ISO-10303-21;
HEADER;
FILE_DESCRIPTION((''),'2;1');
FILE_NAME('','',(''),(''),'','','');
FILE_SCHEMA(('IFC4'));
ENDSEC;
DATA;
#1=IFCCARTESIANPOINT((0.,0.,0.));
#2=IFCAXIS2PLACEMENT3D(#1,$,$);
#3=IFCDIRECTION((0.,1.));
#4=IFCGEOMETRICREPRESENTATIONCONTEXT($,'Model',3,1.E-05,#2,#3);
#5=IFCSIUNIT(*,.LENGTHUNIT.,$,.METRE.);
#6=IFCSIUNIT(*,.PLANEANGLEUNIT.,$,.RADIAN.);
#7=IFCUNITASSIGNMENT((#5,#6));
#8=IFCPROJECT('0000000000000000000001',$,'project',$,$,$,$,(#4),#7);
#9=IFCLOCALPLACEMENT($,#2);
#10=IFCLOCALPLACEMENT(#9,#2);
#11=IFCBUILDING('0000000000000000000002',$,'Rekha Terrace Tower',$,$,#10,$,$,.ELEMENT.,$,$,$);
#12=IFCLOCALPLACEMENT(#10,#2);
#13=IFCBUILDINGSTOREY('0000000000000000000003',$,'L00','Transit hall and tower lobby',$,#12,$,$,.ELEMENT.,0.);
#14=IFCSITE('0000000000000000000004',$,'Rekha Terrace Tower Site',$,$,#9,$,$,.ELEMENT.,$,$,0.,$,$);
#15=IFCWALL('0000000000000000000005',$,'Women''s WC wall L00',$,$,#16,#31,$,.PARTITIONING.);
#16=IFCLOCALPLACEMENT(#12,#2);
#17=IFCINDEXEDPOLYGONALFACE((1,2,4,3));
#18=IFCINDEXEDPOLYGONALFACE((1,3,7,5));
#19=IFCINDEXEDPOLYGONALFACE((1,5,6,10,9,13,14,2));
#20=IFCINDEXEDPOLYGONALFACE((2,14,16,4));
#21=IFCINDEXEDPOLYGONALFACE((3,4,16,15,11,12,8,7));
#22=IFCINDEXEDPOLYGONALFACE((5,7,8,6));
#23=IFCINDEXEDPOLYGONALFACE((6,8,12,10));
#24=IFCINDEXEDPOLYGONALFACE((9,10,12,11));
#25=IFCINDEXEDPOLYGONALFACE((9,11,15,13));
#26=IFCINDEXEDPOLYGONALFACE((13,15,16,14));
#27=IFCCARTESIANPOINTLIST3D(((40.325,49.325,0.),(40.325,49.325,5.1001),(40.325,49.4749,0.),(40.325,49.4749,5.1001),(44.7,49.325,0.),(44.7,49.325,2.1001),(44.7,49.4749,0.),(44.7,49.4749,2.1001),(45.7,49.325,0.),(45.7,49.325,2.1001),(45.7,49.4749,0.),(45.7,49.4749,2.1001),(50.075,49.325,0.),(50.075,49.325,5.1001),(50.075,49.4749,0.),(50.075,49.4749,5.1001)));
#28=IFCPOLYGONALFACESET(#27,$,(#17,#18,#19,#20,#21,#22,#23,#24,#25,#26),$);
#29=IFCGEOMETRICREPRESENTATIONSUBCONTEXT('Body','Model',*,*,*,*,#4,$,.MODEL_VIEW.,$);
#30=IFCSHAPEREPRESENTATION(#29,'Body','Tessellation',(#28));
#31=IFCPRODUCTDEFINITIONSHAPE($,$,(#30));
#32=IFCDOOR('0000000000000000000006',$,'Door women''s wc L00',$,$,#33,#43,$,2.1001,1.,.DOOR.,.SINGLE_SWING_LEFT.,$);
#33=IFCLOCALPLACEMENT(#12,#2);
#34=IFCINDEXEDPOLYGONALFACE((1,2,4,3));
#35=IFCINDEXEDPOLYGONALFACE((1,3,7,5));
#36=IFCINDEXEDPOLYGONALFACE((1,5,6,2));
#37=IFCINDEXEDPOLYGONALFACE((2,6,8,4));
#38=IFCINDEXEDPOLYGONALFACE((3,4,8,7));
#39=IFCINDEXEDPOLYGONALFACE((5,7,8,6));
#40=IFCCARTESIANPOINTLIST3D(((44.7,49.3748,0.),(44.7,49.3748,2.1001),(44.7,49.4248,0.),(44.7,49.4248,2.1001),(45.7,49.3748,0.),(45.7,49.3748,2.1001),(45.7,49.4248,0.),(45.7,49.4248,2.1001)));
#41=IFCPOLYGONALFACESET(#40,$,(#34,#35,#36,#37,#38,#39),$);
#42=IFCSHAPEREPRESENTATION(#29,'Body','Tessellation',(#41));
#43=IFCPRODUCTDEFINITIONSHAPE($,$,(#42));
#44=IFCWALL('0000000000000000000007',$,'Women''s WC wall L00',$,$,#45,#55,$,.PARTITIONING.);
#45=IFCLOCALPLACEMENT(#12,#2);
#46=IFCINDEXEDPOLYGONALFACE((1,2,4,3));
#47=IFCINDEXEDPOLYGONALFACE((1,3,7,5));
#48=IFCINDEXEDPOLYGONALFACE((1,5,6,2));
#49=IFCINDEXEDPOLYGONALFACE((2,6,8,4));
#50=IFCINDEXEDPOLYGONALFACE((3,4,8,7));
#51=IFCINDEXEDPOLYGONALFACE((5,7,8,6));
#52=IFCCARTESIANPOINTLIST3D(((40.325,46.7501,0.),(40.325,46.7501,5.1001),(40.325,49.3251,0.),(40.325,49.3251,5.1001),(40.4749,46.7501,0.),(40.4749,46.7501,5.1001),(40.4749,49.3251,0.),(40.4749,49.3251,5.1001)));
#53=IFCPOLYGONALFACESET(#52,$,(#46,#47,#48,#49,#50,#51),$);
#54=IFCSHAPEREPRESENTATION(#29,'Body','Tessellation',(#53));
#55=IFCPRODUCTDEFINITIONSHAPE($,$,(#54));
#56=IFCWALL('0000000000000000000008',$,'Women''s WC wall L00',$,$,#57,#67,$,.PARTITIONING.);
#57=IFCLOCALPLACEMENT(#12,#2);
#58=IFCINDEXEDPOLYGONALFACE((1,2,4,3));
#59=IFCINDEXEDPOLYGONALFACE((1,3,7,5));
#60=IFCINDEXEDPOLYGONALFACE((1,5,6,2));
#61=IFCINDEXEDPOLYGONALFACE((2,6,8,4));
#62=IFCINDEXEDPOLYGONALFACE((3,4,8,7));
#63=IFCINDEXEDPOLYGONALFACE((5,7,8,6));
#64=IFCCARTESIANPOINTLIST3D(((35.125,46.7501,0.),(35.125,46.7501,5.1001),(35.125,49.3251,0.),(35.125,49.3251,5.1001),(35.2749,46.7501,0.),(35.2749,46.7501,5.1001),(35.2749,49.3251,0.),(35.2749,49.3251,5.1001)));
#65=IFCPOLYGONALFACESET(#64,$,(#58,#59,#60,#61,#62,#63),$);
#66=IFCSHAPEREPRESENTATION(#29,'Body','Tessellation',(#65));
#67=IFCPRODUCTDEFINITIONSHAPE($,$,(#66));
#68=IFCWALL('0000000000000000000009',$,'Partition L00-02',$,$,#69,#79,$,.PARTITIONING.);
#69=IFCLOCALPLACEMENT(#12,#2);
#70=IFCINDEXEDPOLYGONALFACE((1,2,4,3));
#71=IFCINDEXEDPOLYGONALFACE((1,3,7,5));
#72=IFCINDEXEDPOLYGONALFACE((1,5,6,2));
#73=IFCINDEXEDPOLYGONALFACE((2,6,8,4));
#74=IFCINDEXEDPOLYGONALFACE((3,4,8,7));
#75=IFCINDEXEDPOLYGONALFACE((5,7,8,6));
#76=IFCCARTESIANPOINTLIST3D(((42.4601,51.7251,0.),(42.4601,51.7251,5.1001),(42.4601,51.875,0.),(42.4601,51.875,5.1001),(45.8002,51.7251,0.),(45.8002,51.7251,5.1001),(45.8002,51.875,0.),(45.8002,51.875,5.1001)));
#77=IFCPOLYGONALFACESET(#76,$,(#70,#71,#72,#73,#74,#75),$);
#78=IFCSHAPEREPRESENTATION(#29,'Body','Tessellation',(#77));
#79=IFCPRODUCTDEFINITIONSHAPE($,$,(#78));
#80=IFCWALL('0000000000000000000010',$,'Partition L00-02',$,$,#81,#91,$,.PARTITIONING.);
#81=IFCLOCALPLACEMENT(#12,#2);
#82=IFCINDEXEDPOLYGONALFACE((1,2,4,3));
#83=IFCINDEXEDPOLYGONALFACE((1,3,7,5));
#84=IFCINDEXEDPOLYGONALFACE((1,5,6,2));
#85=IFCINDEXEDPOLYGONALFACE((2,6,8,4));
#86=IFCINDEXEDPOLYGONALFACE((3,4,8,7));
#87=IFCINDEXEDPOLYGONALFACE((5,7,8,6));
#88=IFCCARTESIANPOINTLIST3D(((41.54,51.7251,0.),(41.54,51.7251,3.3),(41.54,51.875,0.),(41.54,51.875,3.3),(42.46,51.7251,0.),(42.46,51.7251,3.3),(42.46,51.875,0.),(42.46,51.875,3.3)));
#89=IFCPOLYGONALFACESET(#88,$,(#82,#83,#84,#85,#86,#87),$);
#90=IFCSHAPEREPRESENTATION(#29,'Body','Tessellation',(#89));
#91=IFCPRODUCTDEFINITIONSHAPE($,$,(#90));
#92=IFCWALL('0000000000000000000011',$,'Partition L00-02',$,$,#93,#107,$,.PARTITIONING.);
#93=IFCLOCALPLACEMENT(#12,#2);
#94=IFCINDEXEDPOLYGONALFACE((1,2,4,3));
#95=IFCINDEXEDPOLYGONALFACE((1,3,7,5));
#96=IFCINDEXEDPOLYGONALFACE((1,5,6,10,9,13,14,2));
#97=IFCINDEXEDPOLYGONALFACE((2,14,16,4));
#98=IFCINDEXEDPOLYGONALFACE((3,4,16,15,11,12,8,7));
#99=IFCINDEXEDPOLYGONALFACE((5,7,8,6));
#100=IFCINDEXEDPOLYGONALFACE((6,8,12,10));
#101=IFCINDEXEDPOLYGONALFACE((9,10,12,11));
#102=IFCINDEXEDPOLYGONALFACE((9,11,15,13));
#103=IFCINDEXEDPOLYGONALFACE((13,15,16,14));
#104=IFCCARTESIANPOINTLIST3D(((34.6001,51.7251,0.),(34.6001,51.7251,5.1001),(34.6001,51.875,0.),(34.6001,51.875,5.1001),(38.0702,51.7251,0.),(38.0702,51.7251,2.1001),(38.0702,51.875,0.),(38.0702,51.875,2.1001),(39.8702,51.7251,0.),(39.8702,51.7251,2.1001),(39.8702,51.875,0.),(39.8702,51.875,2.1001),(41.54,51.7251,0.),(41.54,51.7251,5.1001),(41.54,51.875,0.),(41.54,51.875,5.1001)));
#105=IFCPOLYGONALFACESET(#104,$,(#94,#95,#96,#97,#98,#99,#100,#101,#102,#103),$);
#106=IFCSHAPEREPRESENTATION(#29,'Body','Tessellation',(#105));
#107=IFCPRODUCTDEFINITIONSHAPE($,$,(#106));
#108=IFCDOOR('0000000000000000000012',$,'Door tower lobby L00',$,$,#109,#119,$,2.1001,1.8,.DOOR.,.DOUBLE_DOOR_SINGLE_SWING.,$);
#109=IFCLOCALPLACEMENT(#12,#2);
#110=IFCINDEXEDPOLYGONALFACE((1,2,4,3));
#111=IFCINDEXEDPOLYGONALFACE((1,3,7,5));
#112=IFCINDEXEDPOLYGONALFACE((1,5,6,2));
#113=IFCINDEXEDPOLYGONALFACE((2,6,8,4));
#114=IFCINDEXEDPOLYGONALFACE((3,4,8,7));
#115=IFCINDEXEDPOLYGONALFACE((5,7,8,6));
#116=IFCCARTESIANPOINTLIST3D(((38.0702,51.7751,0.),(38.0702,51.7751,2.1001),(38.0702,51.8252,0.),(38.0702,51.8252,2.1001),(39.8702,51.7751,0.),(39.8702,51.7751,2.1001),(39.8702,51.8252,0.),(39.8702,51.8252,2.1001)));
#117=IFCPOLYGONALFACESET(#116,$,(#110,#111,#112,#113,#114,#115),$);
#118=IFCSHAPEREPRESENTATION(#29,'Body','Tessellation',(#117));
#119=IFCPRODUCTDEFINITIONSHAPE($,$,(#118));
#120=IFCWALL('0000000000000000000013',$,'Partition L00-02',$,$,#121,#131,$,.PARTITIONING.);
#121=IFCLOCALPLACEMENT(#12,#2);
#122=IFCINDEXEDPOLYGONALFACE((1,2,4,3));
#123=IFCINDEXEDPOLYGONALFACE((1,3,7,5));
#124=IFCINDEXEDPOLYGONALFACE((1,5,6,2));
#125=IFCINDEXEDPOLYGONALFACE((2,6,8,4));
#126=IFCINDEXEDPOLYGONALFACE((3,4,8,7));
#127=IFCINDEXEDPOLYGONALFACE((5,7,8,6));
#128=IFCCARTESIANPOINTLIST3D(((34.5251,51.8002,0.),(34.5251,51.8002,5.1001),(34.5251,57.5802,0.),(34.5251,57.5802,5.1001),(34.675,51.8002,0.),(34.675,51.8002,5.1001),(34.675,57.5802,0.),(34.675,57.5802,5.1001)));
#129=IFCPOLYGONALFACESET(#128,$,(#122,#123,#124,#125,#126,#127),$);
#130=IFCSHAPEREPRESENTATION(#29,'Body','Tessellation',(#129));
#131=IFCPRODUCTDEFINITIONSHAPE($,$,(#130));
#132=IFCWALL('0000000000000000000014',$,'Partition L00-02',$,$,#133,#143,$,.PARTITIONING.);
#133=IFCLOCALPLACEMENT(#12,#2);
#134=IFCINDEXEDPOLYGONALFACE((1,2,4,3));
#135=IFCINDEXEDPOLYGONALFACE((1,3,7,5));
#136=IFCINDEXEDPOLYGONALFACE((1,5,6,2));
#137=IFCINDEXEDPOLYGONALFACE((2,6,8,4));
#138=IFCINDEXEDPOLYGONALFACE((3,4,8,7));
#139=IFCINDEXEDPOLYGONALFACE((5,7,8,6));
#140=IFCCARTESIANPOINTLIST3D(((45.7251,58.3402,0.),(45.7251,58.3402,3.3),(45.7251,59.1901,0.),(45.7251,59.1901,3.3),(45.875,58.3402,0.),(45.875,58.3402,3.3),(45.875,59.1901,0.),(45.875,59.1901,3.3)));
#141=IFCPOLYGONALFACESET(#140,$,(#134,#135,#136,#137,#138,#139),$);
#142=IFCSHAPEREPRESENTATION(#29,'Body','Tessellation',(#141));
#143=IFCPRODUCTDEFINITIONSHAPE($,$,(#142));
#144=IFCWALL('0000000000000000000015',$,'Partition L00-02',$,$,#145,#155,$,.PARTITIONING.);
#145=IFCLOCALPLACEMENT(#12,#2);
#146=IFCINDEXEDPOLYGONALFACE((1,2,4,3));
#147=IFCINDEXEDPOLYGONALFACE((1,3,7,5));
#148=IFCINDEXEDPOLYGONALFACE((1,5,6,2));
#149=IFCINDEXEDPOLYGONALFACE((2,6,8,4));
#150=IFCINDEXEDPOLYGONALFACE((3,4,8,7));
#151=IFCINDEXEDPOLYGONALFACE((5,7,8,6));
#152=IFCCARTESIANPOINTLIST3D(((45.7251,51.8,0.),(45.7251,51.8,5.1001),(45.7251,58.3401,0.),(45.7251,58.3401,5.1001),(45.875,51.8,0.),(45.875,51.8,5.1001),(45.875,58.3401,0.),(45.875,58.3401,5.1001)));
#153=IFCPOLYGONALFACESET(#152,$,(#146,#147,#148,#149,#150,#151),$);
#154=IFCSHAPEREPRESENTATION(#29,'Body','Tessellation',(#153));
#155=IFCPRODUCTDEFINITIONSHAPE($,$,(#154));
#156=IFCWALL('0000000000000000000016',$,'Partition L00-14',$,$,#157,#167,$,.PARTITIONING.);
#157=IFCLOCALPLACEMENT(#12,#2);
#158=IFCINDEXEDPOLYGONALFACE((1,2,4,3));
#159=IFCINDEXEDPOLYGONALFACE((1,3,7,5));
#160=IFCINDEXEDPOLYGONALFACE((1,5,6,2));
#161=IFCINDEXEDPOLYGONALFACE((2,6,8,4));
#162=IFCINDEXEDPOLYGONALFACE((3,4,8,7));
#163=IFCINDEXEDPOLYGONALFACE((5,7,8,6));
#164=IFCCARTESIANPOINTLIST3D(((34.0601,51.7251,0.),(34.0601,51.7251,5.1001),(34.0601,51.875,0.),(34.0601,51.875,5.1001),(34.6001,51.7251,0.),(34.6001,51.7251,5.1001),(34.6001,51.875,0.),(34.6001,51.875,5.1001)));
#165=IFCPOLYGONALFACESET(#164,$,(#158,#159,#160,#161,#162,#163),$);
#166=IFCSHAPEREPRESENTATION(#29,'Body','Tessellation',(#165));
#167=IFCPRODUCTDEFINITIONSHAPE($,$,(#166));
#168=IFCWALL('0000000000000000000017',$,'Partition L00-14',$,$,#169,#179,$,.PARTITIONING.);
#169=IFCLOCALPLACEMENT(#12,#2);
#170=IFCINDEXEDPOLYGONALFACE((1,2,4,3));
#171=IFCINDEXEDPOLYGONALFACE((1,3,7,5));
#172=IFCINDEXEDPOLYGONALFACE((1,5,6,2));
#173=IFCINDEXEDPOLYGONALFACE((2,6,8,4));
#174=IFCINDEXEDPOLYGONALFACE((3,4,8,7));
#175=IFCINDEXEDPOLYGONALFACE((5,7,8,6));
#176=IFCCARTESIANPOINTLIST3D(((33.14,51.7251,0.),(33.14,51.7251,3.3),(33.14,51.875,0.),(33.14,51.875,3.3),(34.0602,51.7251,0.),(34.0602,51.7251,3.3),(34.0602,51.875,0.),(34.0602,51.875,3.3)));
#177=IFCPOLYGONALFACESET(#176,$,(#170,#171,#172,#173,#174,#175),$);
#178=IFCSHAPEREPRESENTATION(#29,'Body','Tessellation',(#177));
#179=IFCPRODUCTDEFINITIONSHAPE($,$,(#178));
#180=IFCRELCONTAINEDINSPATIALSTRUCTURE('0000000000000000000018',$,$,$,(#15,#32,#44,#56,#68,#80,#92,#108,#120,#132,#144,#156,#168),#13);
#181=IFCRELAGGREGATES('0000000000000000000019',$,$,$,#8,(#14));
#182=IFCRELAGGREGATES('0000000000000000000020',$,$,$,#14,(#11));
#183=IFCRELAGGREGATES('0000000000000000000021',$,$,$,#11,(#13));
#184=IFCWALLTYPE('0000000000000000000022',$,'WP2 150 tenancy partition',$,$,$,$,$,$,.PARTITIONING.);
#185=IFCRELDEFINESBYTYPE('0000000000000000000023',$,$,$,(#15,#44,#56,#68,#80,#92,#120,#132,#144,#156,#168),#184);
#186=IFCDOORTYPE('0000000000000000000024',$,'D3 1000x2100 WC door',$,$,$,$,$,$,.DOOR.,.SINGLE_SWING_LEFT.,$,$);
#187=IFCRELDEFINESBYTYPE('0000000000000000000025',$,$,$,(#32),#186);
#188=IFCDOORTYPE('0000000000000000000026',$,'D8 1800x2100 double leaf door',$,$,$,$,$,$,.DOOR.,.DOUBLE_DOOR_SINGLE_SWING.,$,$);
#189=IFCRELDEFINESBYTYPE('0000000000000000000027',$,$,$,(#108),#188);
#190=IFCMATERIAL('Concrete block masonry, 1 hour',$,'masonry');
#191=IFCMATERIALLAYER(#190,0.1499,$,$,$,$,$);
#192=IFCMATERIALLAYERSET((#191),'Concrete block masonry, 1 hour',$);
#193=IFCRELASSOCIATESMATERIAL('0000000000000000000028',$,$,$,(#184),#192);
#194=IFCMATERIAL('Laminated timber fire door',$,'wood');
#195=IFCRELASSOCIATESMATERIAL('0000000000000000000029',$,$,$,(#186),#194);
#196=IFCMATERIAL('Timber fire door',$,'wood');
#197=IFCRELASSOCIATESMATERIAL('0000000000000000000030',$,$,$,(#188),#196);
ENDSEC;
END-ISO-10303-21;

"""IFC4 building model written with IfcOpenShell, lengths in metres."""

from ifc_helpers import new_model, si_unit, direction, frame, frame_2d, origin, place, context, subcontext, project, spatial, rectangle, extrude, material, layer, layer_set, type_object, element, fill, save


model = new_model("IFC4")

# Units and contexts
model_context = context("Model", 3, precision=1e-05, world=origin(), true_north=direction((0.0, 1.0)))
body_context = subcontext(model_context, "Body", "Model", "MODEL_VIEW")
ifc_project = project(units=[si_unit("LENGTHUNIT", "METRE"), si_unit("PLANEANGLEUNIT", "RADIAN")], contexts=[model_context])

# Site, building, storey
site_placement = place(None, origin())
site = spatial("IfcSite", under=ifc_project, at=site_placement, Name="Rekha Terrace Tower Site", CompositionType="ELEMENT", RefElevation=0.0)
building_placement = place(site_placement, origin())
building = spatial("IfcBuilding", under=site, at=building_placement, Name="Rekha Terrace Tower", CompositionType="ELEMENT")
storey_placement = place(building_placement, origin())
storey = spatial("IfcBuildingStorey", under=building, at=storey_placement, Name="L00", Description="Transit hall and tower lobby", CompositionType="ELEMENT", Elevation=0.0)

# Wall, opening, door
ifc_material_1 = material(Name="Concrete block masonry, 1 hour", Category="masonry")
ifc_layer_1 = layer(ifc_material_1, 0.1499)
ifc_layer_set_1 = layer_set([ifc_layer_1], Name="Concrete block masonry, 1 hour")
wall_type_1 = type_object("IfcWallType", Name="WP2 150 tenancy partition", PredefinedType="PARTITIONING", material=ifc_layer_set_1)
wall_1_placement = place(storey_placement, frame((40.325, 49.3999, 0.0), z_axis=(0.0, 0.0, 1.0), x_axis=(1.0, 0.0, 0.0)))
wall_1 = element("IfcWall", 1, at=wall_1_placement, inside=storey, type_object=wall_type_1, Name="Women's WC wall L00", PredefinedType="PARTITIONING", context=body_context, shape_type="SweptSolid", body=[
    extrude(rectangle(XDim=9.75, YDim=0.1499, at=frame_2d((4.875, 0.0))), origin(), (0.0, 0.0, 1.0), 5.1001),
])
opening_1_placement = place(wall_1_placement, frame((4.375, 0.0, 0.0)))
opening_1 = element("IfcOpeningElement", 2, at=opening_1_placement, cuts=wall_1, PredefinedType="OPENING", context=body_context, shape_type="SweptSolid", body=[
    extrude(rectangle(XDim=1.0, YDim=2.1001, at=frame_2d((0.5, 1.05))), frame((0.0, 0.085, 0.0), z_axis=(0.0, -1.0, 0.0), x_axis=(1.0, 0.0, 0.0)), (0.0, 0.0, 1.0), 0.1699),
])
ifc_material_2 = material(Name="Laminated timber fire door", Category="wood")
door_type_1 = type_object("IfcDoorType", Name="D3 1000x2100 WC door", OperationType="SINGLE_SWING_LEFT", PredefinedType="DOOR", material=ifc_material_2)
door_1_placement = place(opening_1_placement, origin())
door_1 = element("IfcDoor", 3, at=door_1_placement, inside=storey, type_object=door_type_1, Name="Door women's wc L00", OperationType="SINGLE_SWING_LEFT", OverallHeight=2.1001, OverallWidth=1.0, PredefinedType="DOOR", context=body_context, shape_type="SweptSolid", body=[
    extrude(rectangle(XDim=1.0, YDim=2.1001, at=frame_2d((0.5, 1.05))), frame((0.0, 0.0249, 0.0), z_axis=(0.0, -1.0, 0.0), x_axis=(1.0, 0.0, 0.0)), (0.0, 0.0, 1.0), 0.05),
])
fill(opening_1, door_1)

# Walls
for number, where, z_axis, x_axis, name in (
    (4, (40.3999, 46.75, 0.0), (0.0, 0.0, 1.0), (0.0, 1.0, 0.0), "Women's WC wall L00"),
    (5, (35.2, 46.75, 0.0), (0.0, 0.0, 1.0), (0.0, 1.0, 0.0), "Women's WC wall L00"),
):
    element("IfcWall", number, at=place(storey_placement, frame(where, z_axis=z_axis, x_axis=x_axis)), inside=storey, type_object=wall_type_1, Name=name, PredefinedType="PARTITIONING", context=body_context, shape_type="SweptSolid", body=[
        extrude(rectangle(XDim=2.575, YDim=0.1499, at=frame_2d((1.2876, 0.0))), origin(), (0.0, 0.0, 1.0), 5.1001),
    ])
wall_2_placement = place(storey_placement, frame((45.8, 51.8, 0.0), z_axis=(0.0, 0.0, 1.0), x_axis=(-1.0, 0.0, 0.0)))
element("IfcWall", 6, at=wall_2_placement, inside=storey, type_object=wall_type_1, Name="Partition L00-02", PredefinedType="PARTITIONING", context=body_context, shape_type="SweptSolid", body=[
    extrude(rectangle(XDim=3.3401, YDim=0.1499, at=frame_2d((1.6699, 0.0))), origin(), (0.0, 0.0, 1.0), 5.1001),
])
wall_3_placement = place(storey_placement, frame((42.46, 51.8, 0.0), z_axis=(0.0, 0.0, 1.0), x_axis=(-1.0, 0.0, 0.0)))
element("IfcWall", 7, at=wall_3_placement, inside=storey, type_object=wall_type_1, Name="Partition L00-02", PredefinedType="PARTITIONING", context=body_context, shape_type="SweptSolid", body=[
    extrude(rectangle(XDim=0.9199, YDim=0.1499, at=frame_2d((0.46, 0.0))), origin(), (0.0, 0.0, 1.0), 3.3),
])

# Wall, opening, door
wall_4_placement = place(storey_placement, frame((41.54, 51.8, 0.0), z_axis=(0.0, 0.0, 1.0), x_axis=(-1.0, 0.0, 0.0)))
wall_4 = element("IfcWall", 8, at=wall_4_placement, inside=storey, type_object=wall_type_1, Name="Partition L00-02", PredefinedType="PARTITIONING", context=body_context, shape_type="SweptSolid", body=[
    extrude(rectangle(XDim=6.9399, YDim=0.1499, at=frame_2d((3.47, 0.0))), origin(), (0.0, 0.0, 1.0), 5.1001),
])
opening_2_placement = place(wall_4_placement, frame((1.6699, 0.0, 0.0)))
opening_2 = element("IfcOpeningElement", 9, at=opening_2_placement, cuts=wall_4, PredefinedType="OPENING", context=body_context, shape_type="SweptSolid", body=[
    extrude(rectangle(XDim=1.8, YDim=2.1001, at=frame_2d((0.8999, 1.05))), frame((0.0, 0.085, 0.0), z_axis=(0.0, -1.0, 0.0), x_axis=(1.0, 0.0, 0.0)), (0.0, 0.0, 1.0), 0.1699),
])
ifc_material_3 = material(Name="Timber fire door", Category="wood")
door_type_2 = type_object("IfcDoorType", Name="D8 1800x2100 double leaf door", OperationType="DOUBLE_DOOR_SINGLE_SWING", PredefinedType="DOOR", material=ifc_material_3)
door_2_placement = place(opening_2_placement, origin())
door_2 = element("IfcDoor", 10, at=door_2_placement, inside=storey, type_object=door_type_2, Name="Door tower lobby L00", OperationType="DOUBLE_DOOR_SINGLE_SWING", OverallHeight=2.1001, OverallWidth=1.8, PredefinedType="DOOR", context=body_context, shape_type="SweptSolid", body=[
    extrude(rectangle(XDim=1.8, YDim=2.1001, at=frame_2d((0.8999, 1.05))), frame((0.0, 0.0249, 0.0), z_axis=(0.0, -1.0, 0.0), x_axis=(1.0, 0.0, 0.0)), (0.0, 0.0, 1.0), 0.05),
])
fill(opening_2, door_2)

# Walls
wall_5_placement = place(storey_placement, frame((34.6001, 51.8, 0.0), z_axis=(0.0, 0.0, 1.0), x_axis=(0.0, 1.0, 0.0)))
element("IfcWall", 11, at=wall_5_placement, inside=storey, type_object=wall_type_1, Name="Partition L00-02", PredefinedType="PARTITIONING", context=body_context, shape_type="SweptSolid", body=[
    extrude(rectangle(XDim=5.78, YDim=0.1499, at=frame_2d((2.8901, 0.0))), origin(), (0.0, 0.0, 1.0), 5.1001),
])
wall_6_placement = place(storey_placement, frame((45.8, 59.1899, 0.0), z_axis=(0.0, 0.0, 1.0), x_axis=(0.0, -1.0, 0.0)))
element("IfcWall", 12, at=wall_6_placement, inside=storey, type_object=wall_type_1, Name="Partition L00-02", PredefinedType="PARTITIONING", context=body_context, shape_type="SweptSolid", body=[
    extrude(rectangle(XDim=0.8499, YDim=0.1499, at=frame_2d((0.4248, 0.0))), origin(), (0.0, 0.0, 1.0), 3.3),
])
wall_7_placement = place(storey_placement, frame((45.8, 58.3401, 0.0), z_axis=(0.0, 0.0, 1.0), x_axis=(0.0, -1.0, 0.0)))
element("IfcWall", 13, at=wall_7_placement, inside=storey, type_object=wall_type_1, Name="Partition L00-02", PredefinedType="PARTITIONING", context=body_context, shape_type="SweptSolid", body=[
    extrude(rectangle(XDim=6.54, YDim=0.1499, at=frame_2d((3.27, 0.0))), origin(), (0.0, 0.0, 1.0), 5.1001),
])
wall_8_placement = place(storey_placement, frame((34.6001, 51.8, 0.0), z_axis=(0.0, 0.0, 1.0), x_axis=(-1.0, 0.0, 0.0)))
element("IfcWall", 14, at=wall_8_placement, inside=storey, type_object=wall_type_1, Name="Partition L00-14", PredefinedType="PARTITIONING", context=body_context, shape_type="SweptSolid", body=[
    extrude(rectangle(XDim=0.54, YDim=0.1499, at=frame_2d((0.27, 0.0))), origin(), (0.0, 0.0, 1.0), 5.1001),
])
wall_9_placement = place(storey_placement, frame((34.0601, 51.8, 0.0), z_axis=(0.0, 0.0, 1.0), x_axis=(-1.0, 0.0, 0.0)))
element("IfcWall", 15, at=wall_9_placement, inside=storey, type_object=wall_type_1, Name="Partition L00-14", PredefinedType="PARTITIONING", context=body_context, shape_type="SweptSolid", body=[
    extrude(rectangle(XDim=0.9202, YDim=0.1499, at=frame_2d((0.46, 0.0))), origin(), (0.0, 0.0, 1.0), 3.3),
])

save(model, "model.ifc")
